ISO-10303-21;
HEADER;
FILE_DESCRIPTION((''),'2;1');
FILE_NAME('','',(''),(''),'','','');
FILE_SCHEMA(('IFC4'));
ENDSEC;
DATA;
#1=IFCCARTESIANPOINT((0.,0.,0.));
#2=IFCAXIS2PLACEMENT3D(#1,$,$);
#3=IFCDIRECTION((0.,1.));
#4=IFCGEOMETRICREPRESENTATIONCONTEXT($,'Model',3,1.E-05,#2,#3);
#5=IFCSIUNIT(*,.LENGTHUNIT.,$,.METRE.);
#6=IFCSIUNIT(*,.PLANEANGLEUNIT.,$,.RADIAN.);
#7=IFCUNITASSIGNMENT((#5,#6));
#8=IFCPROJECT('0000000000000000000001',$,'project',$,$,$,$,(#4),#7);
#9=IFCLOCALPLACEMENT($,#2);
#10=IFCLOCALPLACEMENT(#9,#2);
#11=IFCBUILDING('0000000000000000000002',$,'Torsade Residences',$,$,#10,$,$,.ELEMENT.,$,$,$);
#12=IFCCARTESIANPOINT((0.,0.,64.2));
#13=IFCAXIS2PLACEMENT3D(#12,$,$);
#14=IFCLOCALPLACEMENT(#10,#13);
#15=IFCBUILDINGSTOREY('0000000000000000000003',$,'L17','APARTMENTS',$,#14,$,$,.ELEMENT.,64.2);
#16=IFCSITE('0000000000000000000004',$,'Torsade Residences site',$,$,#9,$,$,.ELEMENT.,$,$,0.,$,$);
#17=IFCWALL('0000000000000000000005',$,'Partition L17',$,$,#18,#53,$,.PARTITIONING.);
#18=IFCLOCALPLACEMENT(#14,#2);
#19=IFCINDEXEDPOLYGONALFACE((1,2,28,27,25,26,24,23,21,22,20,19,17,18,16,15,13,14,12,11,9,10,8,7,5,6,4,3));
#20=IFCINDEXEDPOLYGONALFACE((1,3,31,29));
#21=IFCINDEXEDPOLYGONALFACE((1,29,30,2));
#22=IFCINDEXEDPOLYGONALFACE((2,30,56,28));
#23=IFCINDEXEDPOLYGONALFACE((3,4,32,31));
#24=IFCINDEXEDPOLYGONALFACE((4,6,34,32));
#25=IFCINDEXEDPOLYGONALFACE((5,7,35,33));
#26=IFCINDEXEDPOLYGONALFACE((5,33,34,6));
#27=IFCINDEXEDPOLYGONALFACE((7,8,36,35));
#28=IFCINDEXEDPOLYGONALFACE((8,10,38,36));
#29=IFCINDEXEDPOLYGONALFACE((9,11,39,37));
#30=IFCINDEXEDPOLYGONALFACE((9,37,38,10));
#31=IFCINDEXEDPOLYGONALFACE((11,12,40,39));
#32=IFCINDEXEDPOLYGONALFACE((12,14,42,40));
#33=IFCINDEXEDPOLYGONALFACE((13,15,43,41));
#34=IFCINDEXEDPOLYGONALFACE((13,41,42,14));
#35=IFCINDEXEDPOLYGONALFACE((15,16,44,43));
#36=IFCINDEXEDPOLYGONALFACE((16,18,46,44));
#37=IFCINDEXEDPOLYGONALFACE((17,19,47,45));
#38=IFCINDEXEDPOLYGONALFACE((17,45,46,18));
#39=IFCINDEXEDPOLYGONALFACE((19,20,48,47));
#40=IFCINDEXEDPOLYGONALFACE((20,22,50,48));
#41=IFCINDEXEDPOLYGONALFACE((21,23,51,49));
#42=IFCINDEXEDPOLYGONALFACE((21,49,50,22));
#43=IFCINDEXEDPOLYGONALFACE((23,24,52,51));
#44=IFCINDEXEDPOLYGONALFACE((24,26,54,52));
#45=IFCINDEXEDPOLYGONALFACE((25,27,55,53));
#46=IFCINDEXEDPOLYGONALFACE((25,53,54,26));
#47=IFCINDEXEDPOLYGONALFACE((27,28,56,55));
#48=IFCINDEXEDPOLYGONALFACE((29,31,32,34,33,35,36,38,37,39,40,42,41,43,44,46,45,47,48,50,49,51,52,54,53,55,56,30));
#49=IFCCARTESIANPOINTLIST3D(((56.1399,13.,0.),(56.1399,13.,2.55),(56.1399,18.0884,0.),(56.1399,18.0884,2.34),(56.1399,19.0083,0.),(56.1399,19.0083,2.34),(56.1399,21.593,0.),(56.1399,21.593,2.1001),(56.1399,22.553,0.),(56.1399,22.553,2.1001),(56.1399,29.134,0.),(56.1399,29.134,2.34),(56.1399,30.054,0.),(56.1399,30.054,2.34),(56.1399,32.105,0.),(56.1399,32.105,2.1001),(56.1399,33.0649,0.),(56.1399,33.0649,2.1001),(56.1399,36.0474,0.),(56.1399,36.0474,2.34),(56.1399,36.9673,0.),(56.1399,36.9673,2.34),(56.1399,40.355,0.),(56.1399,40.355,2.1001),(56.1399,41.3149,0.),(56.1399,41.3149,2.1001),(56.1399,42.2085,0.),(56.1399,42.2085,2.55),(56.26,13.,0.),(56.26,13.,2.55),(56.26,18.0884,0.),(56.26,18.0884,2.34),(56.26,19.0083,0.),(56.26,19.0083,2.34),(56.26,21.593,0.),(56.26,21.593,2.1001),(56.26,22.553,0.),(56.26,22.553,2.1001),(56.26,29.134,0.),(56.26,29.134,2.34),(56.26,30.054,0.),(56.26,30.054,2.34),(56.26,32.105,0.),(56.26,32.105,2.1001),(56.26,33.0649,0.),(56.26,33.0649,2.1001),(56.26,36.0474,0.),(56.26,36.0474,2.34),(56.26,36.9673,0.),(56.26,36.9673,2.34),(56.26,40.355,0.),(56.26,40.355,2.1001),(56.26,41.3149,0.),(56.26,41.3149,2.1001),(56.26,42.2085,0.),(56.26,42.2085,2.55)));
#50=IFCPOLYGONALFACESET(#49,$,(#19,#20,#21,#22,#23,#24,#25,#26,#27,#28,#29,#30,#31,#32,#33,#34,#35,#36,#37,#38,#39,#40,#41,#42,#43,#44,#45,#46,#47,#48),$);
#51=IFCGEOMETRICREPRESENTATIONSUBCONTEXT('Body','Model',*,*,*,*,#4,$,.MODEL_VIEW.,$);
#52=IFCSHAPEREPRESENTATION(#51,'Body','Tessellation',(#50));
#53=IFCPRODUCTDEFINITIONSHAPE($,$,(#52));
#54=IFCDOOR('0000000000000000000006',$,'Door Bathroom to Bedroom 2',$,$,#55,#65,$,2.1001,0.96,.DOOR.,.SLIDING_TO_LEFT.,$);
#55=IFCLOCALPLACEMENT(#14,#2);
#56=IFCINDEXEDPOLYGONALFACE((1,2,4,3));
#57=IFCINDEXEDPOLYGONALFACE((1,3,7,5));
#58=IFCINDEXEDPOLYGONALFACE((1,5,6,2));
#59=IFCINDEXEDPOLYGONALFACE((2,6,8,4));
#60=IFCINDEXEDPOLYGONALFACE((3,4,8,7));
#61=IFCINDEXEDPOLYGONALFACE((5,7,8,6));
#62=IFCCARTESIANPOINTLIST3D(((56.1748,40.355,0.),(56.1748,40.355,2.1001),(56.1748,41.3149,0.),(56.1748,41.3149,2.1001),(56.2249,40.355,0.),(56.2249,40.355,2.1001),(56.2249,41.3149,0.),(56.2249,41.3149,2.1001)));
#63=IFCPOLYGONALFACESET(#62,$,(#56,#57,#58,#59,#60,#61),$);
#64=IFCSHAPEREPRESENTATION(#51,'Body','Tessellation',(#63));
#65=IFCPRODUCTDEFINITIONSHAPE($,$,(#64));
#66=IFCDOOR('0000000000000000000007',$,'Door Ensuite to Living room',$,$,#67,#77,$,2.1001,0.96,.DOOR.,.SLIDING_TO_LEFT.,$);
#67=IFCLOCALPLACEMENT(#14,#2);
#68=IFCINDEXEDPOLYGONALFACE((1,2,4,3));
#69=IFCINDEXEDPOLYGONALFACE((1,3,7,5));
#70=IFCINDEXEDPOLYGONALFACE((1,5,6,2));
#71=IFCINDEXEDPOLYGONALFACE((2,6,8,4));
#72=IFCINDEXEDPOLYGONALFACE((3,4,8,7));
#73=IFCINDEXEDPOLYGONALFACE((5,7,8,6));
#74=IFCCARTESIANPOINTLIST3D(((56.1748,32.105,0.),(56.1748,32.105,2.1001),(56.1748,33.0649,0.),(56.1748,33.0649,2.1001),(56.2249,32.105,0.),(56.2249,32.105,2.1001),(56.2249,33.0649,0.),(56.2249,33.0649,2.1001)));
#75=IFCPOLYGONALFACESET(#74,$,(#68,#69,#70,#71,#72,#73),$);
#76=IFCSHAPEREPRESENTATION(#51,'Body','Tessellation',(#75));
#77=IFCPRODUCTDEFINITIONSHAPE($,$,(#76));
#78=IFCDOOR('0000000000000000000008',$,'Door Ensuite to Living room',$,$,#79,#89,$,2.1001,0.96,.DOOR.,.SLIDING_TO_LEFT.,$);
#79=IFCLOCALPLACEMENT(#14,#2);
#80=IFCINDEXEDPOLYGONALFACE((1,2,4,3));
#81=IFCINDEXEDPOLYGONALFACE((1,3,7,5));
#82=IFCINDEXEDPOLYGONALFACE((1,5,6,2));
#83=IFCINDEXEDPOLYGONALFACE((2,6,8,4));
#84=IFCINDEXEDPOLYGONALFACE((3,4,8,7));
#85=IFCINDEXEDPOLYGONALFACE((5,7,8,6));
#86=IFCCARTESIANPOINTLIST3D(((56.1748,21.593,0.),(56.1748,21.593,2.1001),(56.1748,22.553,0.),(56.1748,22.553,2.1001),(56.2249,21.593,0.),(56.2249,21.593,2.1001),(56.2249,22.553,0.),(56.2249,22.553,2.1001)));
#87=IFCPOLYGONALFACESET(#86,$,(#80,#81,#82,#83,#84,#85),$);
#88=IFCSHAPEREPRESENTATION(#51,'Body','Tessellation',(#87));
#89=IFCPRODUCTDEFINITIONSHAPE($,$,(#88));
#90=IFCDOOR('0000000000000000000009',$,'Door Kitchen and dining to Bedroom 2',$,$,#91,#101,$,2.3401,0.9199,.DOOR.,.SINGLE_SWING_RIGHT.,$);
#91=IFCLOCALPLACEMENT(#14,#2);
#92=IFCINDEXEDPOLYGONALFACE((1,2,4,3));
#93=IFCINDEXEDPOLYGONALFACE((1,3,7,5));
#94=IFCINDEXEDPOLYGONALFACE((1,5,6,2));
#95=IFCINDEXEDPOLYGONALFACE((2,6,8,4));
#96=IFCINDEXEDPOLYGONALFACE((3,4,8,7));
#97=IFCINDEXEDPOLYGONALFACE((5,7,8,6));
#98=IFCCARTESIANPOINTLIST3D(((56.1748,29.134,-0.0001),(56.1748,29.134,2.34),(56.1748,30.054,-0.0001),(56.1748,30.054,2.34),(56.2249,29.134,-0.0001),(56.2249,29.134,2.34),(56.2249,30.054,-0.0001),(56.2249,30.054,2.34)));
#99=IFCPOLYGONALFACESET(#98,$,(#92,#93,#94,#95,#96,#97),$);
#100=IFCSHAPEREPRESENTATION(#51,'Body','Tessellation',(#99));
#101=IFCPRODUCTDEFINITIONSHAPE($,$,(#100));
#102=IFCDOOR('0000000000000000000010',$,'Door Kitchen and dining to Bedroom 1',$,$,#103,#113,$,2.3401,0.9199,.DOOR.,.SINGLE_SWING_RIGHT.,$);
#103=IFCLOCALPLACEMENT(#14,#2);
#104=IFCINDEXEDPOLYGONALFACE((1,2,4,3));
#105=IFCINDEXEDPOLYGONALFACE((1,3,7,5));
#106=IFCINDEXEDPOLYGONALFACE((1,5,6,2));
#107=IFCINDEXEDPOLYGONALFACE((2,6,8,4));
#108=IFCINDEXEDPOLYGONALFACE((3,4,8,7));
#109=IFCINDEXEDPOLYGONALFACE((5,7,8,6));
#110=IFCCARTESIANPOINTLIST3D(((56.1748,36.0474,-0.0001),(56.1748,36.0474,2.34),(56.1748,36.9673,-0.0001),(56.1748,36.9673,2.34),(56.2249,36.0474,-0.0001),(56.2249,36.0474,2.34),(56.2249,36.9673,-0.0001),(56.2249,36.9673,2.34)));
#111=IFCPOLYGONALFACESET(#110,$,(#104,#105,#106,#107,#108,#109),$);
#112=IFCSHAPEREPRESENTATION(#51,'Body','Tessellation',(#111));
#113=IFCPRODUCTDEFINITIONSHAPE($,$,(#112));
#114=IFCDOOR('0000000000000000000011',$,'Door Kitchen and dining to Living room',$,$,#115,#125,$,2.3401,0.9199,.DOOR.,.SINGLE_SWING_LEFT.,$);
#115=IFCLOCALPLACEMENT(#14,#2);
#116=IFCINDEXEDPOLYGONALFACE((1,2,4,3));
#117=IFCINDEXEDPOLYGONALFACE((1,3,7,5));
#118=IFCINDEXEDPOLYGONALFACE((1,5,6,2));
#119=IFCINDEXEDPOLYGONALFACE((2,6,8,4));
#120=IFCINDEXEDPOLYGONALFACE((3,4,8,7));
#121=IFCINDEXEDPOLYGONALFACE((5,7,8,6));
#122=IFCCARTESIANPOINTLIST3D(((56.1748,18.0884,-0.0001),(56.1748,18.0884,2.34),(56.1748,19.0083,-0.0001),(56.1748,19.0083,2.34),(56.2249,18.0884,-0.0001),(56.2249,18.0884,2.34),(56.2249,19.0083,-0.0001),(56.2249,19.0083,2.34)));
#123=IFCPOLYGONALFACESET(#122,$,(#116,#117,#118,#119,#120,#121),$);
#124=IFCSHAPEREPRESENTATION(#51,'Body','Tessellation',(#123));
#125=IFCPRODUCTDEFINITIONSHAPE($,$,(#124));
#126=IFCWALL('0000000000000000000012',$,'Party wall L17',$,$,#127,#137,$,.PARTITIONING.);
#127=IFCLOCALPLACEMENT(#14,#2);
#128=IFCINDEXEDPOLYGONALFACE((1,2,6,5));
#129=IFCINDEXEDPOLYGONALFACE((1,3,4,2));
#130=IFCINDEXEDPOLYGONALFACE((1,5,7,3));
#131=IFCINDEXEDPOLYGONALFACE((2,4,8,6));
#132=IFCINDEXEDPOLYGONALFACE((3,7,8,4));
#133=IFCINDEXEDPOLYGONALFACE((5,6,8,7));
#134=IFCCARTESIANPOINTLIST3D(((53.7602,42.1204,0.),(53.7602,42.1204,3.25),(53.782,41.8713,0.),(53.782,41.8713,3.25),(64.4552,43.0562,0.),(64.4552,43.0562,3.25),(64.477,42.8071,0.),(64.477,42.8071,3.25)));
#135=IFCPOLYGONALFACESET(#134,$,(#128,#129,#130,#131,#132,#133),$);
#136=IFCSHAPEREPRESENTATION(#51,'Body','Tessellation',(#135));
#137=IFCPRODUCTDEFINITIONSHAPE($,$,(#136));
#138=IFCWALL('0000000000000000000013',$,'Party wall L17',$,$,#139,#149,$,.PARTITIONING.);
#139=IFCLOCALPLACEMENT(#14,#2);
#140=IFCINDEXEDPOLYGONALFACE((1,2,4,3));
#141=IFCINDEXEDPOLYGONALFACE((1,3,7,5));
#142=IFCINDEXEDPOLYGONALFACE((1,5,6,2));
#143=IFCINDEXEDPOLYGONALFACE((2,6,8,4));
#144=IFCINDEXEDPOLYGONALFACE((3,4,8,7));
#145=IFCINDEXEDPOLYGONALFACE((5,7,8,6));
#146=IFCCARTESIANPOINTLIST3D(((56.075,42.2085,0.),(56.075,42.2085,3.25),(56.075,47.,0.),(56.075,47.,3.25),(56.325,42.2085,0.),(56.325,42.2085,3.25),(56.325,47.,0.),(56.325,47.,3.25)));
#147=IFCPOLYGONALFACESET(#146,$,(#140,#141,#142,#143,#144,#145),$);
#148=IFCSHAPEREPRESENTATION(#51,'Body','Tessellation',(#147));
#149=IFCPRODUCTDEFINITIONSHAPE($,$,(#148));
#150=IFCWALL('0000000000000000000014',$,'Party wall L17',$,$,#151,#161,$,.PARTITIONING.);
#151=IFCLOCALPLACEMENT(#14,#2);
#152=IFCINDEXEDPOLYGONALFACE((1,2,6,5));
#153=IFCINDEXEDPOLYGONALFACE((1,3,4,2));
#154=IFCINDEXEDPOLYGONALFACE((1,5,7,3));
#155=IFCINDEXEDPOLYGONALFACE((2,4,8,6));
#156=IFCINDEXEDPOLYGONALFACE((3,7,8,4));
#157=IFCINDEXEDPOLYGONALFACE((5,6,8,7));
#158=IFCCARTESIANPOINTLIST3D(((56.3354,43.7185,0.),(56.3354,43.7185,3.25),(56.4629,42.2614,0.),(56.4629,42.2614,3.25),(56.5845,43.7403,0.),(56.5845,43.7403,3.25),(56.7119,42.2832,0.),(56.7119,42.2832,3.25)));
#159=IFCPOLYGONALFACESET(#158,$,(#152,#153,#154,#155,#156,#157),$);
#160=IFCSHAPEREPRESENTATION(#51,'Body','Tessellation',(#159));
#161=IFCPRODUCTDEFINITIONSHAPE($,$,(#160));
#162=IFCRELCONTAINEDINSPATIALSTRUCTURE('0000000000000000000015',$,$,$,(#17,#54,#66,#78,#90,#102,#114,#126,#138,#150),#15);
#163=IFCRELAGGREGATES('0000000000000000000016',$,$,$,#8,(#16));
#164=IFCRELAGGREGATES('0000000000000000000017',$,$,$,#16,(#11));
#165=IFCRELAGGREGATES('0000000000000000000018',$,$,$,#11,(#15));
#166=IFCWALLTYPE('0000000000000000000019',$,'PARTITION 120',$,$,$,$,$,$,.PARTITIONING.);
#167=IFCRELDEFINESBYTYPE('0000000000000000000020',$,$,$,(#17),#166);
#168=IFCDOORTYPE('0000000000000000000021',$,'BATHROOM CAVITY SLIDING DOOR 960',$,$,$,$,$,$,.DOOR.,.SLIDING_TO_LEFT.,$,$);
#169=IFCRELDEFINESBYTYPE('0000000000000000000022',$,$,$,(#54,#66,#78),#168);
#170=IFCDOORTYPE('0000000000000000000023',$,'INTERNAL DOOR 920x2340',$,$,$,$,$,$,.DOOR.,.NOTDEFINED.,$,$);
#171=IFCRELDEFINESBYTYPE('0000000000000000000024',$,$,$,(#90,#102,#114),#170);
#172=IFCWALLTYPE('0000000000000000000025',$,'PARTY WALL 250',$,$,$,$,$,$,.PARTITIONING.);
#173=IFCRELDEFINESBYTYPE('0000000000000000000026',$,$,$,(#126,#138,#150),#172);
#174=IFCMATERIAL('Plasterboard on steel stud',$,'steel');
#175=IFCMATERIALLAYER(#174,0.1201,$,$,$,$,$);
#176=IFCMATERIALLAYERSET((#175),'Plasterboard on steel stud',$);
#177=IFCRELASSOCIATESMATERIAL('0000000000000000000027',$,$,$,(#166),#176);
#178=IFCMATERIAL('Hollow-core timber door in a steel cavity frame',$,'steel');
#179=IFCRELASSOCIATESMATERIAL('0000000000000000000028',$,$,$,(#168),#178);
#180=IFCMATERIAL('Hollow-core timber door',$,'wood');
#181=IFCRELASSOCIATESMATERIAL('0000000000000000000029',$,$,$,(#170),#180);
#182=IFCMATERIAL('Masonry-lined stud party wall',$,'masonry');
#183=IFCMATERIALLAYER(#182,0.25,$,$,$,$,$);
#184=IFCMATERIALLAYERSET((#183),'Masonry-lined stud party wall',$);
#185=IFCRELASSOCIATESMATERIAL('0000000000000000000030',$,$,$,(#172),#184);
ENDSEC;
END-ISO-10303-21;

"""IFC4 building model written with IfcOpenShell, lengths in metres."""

from ifc_helpers import new_model, si_unit, direction, frame, frame_2d, origin, place, context, subcontext, project, spatial, rectangle, extrude, material, layer, layer_set, type_object, element, fill, save


model = new_model("IFC4")

# Units and contexts
model_context = context("Model", 3, precision=1e-05, world=origin(), true_north=direction((0.0, 1.0)))
body_context = subcontext(model_context, "Body", "Model", "MODEL_VIEW")
ifc_project = project(units=[si_unit("LENGTHUNIT", "METRE"), si_unit("PLANEANGLEUNIT", "RADIAN")], contexts=[model_context])

# Site, building, storey
site_placement = place(None, origin())
site = spatial("IfcSite", under=ifc_project, at=site_placement, Name="Torsade Residences site", CompositionType="ELEMENT", RefElevation=0.0)
building_placement = place(site_placement, origin())
building = spatial("IfcBuilding", under=site, at=building_placement, Name="Torsade Residences", CompositionType="ELEMENT")
storey_placement = place(building_placement, frame((0.0, 0.0, 64.2)))
storey = spatial("IfcBuildingStorey", under=building, at=storey_placement, Name="L17", Description="APARTMENTS", CompositionType="ELEMENT", Elevation=64.2)

# Wall, openings, doors
ifc_material_1 = material(Name="Plasterboard on steel stud", Category="steel")
ifc_layer_1 = layer(ifc_material_1, 0.1201)
ifc_layer_set_1 = layer_set([ifc_layer_1], Name="Plasterboard on steel stud")
wall_type_1 = type_object("IfcWallType", Name="PARTITION 120", PredefinedType="PARTITIONING", material=ifc_layer_set_1)
wall_1_placement = place(storey_placement, frame((56.2, 42.2085, 0.0), z_axis=(0.0, 0.0, 1.0), x_axis=(0.0, -1.0, 0.0)))
wall_1 = element("IfcWall", 1, at=wall_1_placement, inside=storey, type_object=wall_type_1, Name="Partition L17", PredefinedType="PARTITIONING", context=body_context, shape_type="SweptSolid", body=[
    extrude(rectangle(XDim=29.2085, YDim=0.1201, at=frame_2d((14.6042, 0.0))), origin(), (0.0, 0.0, 1.0), 2.55),
])
opening_1_placement = place(wall_1_placement, frame((12.1545, 0.0, 0.0)))
opening_1 = element("IfcOpeningElement", 2, at=opening_1_placement, cuts=wall_1, PredefinedType="OPENING", context=body_context, shape_type="SweptSolid", body=[
    extrude(rectangle(XDim=0.9199, YDim=2.3401, at=frame_2d((0.46, 1.1699))), frame((0.0, 0.0701, 0.0), z_axis=(0.0, -1.0, 0.0), x_axis=(1.0, 0.0, 0.0)), (0.0, 0.0, 1.0), 0.1401),
])
opening_2_placement = place(wall_1_placement, frame((5.2412, 0.0, 0.0)))
opening_2 = element("IfcOpeningElement", 3, at=opening_2_placement, cuts=wall_1, PredefinedType="OPENING", context=body_context, shape_type="SweptSolid", body=[
    extrude(rectangle(XDim=0.9199, YDim=2.3401, at=frame_2d((0.46, 1.1699))), frame((0.0, 0.0701, 0.0), z_axis=(0.0, -1.0, 0.0), x_axis=(1.0, 0.0, 0.0)), (0.0, 0.0, 1.0), 0.1401),
])
opening_3_placement = place(wall_1_placement, frame((23.2002, 0.0, 0.0)))
opening_3 = element("IfcOpeningElement", 4, at=opening_3_placement, cuts=wall_1, PredefinedType="OPENING", context=body_context, shape_type="SweptSolid", body=[
    extrude(rectangle(XDim=0.9199, YDim=2.3401, at=frame_2d((0.46, 1.1699))), frame((0.0, 0.0701, 0.0), z_axis=(0.0, -1.0, 0.0), x_axis=(1.0, 0.0, 0.0)), (0.0, 0.0, 1.0), 0.1401),
])
opening_4_placement = place(wall_1_placement, frame((0.8936, 0.0, 0.0)))
opening_4 = element("IfcOpeningElement", 5, at=opening_4_placement, cuts=wall_1, PredefinedType="OPENING", context=body_context, shape_type="SweptSolid", body=[
    extrude(rectangle(XDim=0.96, YDim=2.1001, at=frame_2d((0.48, 1.05))), frame((0.0, 0.0701, 0.0), z_axis=(0.0, -1.0, 0.0), x_axis=(1.0, 0.0, 0.0)), (0.0, 0.0, 1.0), 0.1401),
])
opening_5_placement = place(wall_1_placement, frame((9.1436, 0.0, 0.0)))
opening_5 = element("IfcOpeningElement", 6, at=opening_5_placement, cuts=wall_1, PredefinedType="OPENING", context=body_context, shape_type="SweptSolid", body=[
    extrude(rectangle(XDim=0.96, YDim=2.1001, at=frame_2d((0.48, 1.05))), frame((0.0, 0.0701, 0.0), z_axis=(0.0, -1.0, 0.0), x_axis=(1.0, 0.0, 0.0)), (0.0, 0.0, 1.0), 0.1401),
])
opening_6_placement = place(wall_1_placement, frame((19.6555, 0.0, 0.0)))
opening_6 = element("IfcOpeningElement", 7, at=opening_6_placement, cuts=wall_1, PredefinedType="OPENING", context=body_context, shape_type="SweptSolid", body=[
    extrude(rectangle(XDim=0.96, YDim=2.1001, at=frame_2d((0.48, 1.05))), frame((0.0, 0.0701, 0.0), z_axis=(0.0, -1.0, 0.0), x_axis=(1.0, 0.0, 0.0)), (0.0, 0.0, 1.0), 0.1401),
])
ifc_material_2 = material(Name="Hollow-core timber door in a steel cavity frame", Category="steel")
door_type_1 = type_object("IfcDoorType", Name="BATHROOM CAVITY SLIDING DOOR 960", OperationType="SLIDING_TO_LEFT", PredefinedType="DOOR", material=ifc_material_2)
door_1_placement = place(opening_4_placement, origin())
door_1 = element("IfcDoor", 8, at=door_1_placement, inside=storey, type_object=door_type_1, Name="Door Bathroom to Bedroom 2", OperationType="SLIDING_TO_LEFT", OverallHeight=2.1001, OverallWidth=0.96, PredefinedType="DOOR", context=body_context, shape_type="SweptSolid", body=[
    extrude(rectangle(XDim=0.96, YDim=2.1001, at=frame_2d((0.48, 1.05))), frame((0.0, 0.0249, 0.0), z_axis=(0.0, -1.0, 0.0), x_axis=(1.0, 0.0, 0.0)), (0.0, 0.0, 1.0), 0.05),
])
fill(opening_4, door_1)
door_2_placement = place(opening_5_placement, origin())
door_2 = element("IfcDoor", 9, at=door_2_placement, inside=storey, type_object=door_type_1, Name="Door Ensuite to Living room", OperationType="SLIDING_TO_LEFT", OverallHeight=2.1001, OverallWidth=0.96, PredefinedType="DOOR", context=body_context, shape_type="SweptSolid", body=[
    extrude(rectangle(XDim=0.96, YDim=2.1001, at=frame_2d((0.48, 1.05))), frame((0.0, 0.0249, 0.0), z_axis=(0.0, -1.0, 0.0), x_axis=(1.0, 0.0, 0.0)), (0.0, 0.0, 1.0), 0.05),
])
fill(opening_5, door_2)
door_3_placement = place(opening_6_placement, origin())
door_3 = element("IfcDoor", 10, at=door_3_placement, inside=storey, type_object=door_type_1, Name="Door Ensuite to Living room", OperationType="SLIDING_TO_LEFT", OverallHeight=2.1001, OverallWidth=0.96, PredefinedType="DOOR", context=body_context, shape_type="SweptSolid", body=[
    extrude(rectangle(XDim=0.96, YDim=2.1001, at=frame_2d((0.48, 1.05))), frame((0.0, 0.0249, 0.0), z_axis=(0.0, -1.0, 0.0), x_axis=(1.0, 0.0, 0.0)), (0.0, 0.0, 1.0), 0.05),
])
fill(opening_6, door_3)
ifc_material_3 = material(Name="Hollow-core timber door", Category="wood")
door_type_2 = type_object("IfcDoorType", Name="INTERNAL DOOR 920x2340", OperationType="NOTDEFINED", PredefinedType="DOOR", material=ifc_material_3)
door_4_placement = place(opening_1_placement, origin())
door_4 = element("IfcDoor", 11, at=door_4_placement, inside=storey, type_object=door_type_2, Name="Door Kitchen and dining to Bedroom 2", OperationType="SINGLE_SWING_RIGHT", OverallHeight=2.3401, OverallWidth=0.9199, PredefinedType="DOOR", context=body_context, shape_type="SweptSolid", body=[
    extrude(rectangle(XDim=0.9199, YDim=2.3401, at=frame_2d((0.46, 1.1699))), frame((0.0, 0.0249, 0.0), z_axis=(0.0, -1.0, 0.0), x_axis=(1.0, 0.0, 0.0)), (0.0, 0.0, 1.0), 0.05),
])
fill(opening_1, door_4)
door_5_placement = place(opening_2_placement, origin())
door_5 = element("IfcDoor", 12, at=door_5_placement, inside=storey, type_object=door_type_2, Name="Door Kitchen and dining to Bedroom 1", OperationType="SINGLE_SWING_RIGHT", OverallHeight=2.3401, OverallWidth=0.9199, PredefinedType="DOOR", context=body_context, shape_type="SweptSolid", body=[
    extrude(rectangle(XDim=0.9199, YDim=2.3401, at=frame_2d((0.46, 1.1699))), frame((0.0, 0.0249, 0.0), z_axis=(0.0, -1.0, 0.0), x_axis=(1.0, 0.0, 0.0)), (0.0, 0.0, 1.0), 0.05),
])
fill(opening_2, door_5)
door_6_placement = place(opening_3_placement, origin())
door_6 = element("IfcDoor", 13, at=door_6_placement, inside=storey, type_object=door_type_2, Name="Door Kitchen and dining to Living room", OperationType="SINGLE_SWING_LEFT", OverallHeight=2.3401, OverallWidth=0.9199, PredefinedType="DOOR", context=body_context, shape_type="SweptSolid", body=[
    extrude(rectangle(XDim=0.9199, YDim=2.3401, at=frame_2d((0.46, 1.1699))), frame((0.0, 0.0249, 0.0), z_axis=(0.0, -1.0, 0.0), x_axis=(1.0, 0.0, 0.0)), (0.0, 0.0, 1.0), 0.05),
])
fill(opening_3, door_6)

# Walls
ifc_material_4 = material(Name="Masonry-lined stud party wall", Category="masonry")
ifc_layer_2 = layer(ifc_material_4, 0.25)
ifc_layer_set_2 = layer_set([ifc_layer_2], Name="Masonry-lined stud party wall")
wall_type_2 = type_object("IfcWallType", Name="PARTY WALL 250", PredefinedType="PARTITIONING", material=ifc_layer_set_2)
wall_2_placement = place(storey_placement, frame((64.4661, 42.9316, 0.0), z_axis=(0.0, 0.0, 1.0), x_axis=(-0.996194, -0.087164, 0.0)))
element("IfcWall", 14, at=wall_2_placement, inside=storey, type_object=wall_type_2, Name="Party wall L17", PredefinedType="PARTITIONING", context=body_context, shape_type="SweptSolid", body=[
    extrude(rectangle(XDim=10.7358, YDim=0.25, at=frame_2d((5.3679, 0.0))), origin(), (0.0, 0.0, 1.0), 3.25),
])
wall_3_placement = place(storey_placement, frame((56.2, 42.2085, 0.0), z_axis=(0.0, 0.0, 1.0), x_axis=(0.0, 1.0, 0.0)))
element("IfcWall", 15, at=wall_3_placement, inside=storey, type_object=wall_type_2, Name="Party wall L17", PredefinedType="PARTITIONING", context=body_context, shape_type="SweptSolid", body=[
    extrude(rectangle(XDim=4.7915, YDim=0.25, at=frame_2d((2.3958, 0.0))), origin(), (0.0, 0.0, 1.0), 3.25),
])
wall_4_placement = place(storey_placement, frame((56.46, 43.7295, 0.0), z_axis=(0.0, 0.0, 1.0), x_axis=(0.087134, -0.996197, 0.0)))
element("IfcWall", 16, at=wall_4_placement, inside=storey, type_object=wall_type_2, Name="Party wall L17", PredefinedType="PARTITIONING", context=body_context, shape_type="SweptSolid", body=[
    extrude(rectangle(XDim=1.4626, YDim=0.25, at=frame_2d((0.7314, 0.0))), origin(), (0.0, 0.0, 1.0), 3.25),
])

save(model, "model.ifc")
